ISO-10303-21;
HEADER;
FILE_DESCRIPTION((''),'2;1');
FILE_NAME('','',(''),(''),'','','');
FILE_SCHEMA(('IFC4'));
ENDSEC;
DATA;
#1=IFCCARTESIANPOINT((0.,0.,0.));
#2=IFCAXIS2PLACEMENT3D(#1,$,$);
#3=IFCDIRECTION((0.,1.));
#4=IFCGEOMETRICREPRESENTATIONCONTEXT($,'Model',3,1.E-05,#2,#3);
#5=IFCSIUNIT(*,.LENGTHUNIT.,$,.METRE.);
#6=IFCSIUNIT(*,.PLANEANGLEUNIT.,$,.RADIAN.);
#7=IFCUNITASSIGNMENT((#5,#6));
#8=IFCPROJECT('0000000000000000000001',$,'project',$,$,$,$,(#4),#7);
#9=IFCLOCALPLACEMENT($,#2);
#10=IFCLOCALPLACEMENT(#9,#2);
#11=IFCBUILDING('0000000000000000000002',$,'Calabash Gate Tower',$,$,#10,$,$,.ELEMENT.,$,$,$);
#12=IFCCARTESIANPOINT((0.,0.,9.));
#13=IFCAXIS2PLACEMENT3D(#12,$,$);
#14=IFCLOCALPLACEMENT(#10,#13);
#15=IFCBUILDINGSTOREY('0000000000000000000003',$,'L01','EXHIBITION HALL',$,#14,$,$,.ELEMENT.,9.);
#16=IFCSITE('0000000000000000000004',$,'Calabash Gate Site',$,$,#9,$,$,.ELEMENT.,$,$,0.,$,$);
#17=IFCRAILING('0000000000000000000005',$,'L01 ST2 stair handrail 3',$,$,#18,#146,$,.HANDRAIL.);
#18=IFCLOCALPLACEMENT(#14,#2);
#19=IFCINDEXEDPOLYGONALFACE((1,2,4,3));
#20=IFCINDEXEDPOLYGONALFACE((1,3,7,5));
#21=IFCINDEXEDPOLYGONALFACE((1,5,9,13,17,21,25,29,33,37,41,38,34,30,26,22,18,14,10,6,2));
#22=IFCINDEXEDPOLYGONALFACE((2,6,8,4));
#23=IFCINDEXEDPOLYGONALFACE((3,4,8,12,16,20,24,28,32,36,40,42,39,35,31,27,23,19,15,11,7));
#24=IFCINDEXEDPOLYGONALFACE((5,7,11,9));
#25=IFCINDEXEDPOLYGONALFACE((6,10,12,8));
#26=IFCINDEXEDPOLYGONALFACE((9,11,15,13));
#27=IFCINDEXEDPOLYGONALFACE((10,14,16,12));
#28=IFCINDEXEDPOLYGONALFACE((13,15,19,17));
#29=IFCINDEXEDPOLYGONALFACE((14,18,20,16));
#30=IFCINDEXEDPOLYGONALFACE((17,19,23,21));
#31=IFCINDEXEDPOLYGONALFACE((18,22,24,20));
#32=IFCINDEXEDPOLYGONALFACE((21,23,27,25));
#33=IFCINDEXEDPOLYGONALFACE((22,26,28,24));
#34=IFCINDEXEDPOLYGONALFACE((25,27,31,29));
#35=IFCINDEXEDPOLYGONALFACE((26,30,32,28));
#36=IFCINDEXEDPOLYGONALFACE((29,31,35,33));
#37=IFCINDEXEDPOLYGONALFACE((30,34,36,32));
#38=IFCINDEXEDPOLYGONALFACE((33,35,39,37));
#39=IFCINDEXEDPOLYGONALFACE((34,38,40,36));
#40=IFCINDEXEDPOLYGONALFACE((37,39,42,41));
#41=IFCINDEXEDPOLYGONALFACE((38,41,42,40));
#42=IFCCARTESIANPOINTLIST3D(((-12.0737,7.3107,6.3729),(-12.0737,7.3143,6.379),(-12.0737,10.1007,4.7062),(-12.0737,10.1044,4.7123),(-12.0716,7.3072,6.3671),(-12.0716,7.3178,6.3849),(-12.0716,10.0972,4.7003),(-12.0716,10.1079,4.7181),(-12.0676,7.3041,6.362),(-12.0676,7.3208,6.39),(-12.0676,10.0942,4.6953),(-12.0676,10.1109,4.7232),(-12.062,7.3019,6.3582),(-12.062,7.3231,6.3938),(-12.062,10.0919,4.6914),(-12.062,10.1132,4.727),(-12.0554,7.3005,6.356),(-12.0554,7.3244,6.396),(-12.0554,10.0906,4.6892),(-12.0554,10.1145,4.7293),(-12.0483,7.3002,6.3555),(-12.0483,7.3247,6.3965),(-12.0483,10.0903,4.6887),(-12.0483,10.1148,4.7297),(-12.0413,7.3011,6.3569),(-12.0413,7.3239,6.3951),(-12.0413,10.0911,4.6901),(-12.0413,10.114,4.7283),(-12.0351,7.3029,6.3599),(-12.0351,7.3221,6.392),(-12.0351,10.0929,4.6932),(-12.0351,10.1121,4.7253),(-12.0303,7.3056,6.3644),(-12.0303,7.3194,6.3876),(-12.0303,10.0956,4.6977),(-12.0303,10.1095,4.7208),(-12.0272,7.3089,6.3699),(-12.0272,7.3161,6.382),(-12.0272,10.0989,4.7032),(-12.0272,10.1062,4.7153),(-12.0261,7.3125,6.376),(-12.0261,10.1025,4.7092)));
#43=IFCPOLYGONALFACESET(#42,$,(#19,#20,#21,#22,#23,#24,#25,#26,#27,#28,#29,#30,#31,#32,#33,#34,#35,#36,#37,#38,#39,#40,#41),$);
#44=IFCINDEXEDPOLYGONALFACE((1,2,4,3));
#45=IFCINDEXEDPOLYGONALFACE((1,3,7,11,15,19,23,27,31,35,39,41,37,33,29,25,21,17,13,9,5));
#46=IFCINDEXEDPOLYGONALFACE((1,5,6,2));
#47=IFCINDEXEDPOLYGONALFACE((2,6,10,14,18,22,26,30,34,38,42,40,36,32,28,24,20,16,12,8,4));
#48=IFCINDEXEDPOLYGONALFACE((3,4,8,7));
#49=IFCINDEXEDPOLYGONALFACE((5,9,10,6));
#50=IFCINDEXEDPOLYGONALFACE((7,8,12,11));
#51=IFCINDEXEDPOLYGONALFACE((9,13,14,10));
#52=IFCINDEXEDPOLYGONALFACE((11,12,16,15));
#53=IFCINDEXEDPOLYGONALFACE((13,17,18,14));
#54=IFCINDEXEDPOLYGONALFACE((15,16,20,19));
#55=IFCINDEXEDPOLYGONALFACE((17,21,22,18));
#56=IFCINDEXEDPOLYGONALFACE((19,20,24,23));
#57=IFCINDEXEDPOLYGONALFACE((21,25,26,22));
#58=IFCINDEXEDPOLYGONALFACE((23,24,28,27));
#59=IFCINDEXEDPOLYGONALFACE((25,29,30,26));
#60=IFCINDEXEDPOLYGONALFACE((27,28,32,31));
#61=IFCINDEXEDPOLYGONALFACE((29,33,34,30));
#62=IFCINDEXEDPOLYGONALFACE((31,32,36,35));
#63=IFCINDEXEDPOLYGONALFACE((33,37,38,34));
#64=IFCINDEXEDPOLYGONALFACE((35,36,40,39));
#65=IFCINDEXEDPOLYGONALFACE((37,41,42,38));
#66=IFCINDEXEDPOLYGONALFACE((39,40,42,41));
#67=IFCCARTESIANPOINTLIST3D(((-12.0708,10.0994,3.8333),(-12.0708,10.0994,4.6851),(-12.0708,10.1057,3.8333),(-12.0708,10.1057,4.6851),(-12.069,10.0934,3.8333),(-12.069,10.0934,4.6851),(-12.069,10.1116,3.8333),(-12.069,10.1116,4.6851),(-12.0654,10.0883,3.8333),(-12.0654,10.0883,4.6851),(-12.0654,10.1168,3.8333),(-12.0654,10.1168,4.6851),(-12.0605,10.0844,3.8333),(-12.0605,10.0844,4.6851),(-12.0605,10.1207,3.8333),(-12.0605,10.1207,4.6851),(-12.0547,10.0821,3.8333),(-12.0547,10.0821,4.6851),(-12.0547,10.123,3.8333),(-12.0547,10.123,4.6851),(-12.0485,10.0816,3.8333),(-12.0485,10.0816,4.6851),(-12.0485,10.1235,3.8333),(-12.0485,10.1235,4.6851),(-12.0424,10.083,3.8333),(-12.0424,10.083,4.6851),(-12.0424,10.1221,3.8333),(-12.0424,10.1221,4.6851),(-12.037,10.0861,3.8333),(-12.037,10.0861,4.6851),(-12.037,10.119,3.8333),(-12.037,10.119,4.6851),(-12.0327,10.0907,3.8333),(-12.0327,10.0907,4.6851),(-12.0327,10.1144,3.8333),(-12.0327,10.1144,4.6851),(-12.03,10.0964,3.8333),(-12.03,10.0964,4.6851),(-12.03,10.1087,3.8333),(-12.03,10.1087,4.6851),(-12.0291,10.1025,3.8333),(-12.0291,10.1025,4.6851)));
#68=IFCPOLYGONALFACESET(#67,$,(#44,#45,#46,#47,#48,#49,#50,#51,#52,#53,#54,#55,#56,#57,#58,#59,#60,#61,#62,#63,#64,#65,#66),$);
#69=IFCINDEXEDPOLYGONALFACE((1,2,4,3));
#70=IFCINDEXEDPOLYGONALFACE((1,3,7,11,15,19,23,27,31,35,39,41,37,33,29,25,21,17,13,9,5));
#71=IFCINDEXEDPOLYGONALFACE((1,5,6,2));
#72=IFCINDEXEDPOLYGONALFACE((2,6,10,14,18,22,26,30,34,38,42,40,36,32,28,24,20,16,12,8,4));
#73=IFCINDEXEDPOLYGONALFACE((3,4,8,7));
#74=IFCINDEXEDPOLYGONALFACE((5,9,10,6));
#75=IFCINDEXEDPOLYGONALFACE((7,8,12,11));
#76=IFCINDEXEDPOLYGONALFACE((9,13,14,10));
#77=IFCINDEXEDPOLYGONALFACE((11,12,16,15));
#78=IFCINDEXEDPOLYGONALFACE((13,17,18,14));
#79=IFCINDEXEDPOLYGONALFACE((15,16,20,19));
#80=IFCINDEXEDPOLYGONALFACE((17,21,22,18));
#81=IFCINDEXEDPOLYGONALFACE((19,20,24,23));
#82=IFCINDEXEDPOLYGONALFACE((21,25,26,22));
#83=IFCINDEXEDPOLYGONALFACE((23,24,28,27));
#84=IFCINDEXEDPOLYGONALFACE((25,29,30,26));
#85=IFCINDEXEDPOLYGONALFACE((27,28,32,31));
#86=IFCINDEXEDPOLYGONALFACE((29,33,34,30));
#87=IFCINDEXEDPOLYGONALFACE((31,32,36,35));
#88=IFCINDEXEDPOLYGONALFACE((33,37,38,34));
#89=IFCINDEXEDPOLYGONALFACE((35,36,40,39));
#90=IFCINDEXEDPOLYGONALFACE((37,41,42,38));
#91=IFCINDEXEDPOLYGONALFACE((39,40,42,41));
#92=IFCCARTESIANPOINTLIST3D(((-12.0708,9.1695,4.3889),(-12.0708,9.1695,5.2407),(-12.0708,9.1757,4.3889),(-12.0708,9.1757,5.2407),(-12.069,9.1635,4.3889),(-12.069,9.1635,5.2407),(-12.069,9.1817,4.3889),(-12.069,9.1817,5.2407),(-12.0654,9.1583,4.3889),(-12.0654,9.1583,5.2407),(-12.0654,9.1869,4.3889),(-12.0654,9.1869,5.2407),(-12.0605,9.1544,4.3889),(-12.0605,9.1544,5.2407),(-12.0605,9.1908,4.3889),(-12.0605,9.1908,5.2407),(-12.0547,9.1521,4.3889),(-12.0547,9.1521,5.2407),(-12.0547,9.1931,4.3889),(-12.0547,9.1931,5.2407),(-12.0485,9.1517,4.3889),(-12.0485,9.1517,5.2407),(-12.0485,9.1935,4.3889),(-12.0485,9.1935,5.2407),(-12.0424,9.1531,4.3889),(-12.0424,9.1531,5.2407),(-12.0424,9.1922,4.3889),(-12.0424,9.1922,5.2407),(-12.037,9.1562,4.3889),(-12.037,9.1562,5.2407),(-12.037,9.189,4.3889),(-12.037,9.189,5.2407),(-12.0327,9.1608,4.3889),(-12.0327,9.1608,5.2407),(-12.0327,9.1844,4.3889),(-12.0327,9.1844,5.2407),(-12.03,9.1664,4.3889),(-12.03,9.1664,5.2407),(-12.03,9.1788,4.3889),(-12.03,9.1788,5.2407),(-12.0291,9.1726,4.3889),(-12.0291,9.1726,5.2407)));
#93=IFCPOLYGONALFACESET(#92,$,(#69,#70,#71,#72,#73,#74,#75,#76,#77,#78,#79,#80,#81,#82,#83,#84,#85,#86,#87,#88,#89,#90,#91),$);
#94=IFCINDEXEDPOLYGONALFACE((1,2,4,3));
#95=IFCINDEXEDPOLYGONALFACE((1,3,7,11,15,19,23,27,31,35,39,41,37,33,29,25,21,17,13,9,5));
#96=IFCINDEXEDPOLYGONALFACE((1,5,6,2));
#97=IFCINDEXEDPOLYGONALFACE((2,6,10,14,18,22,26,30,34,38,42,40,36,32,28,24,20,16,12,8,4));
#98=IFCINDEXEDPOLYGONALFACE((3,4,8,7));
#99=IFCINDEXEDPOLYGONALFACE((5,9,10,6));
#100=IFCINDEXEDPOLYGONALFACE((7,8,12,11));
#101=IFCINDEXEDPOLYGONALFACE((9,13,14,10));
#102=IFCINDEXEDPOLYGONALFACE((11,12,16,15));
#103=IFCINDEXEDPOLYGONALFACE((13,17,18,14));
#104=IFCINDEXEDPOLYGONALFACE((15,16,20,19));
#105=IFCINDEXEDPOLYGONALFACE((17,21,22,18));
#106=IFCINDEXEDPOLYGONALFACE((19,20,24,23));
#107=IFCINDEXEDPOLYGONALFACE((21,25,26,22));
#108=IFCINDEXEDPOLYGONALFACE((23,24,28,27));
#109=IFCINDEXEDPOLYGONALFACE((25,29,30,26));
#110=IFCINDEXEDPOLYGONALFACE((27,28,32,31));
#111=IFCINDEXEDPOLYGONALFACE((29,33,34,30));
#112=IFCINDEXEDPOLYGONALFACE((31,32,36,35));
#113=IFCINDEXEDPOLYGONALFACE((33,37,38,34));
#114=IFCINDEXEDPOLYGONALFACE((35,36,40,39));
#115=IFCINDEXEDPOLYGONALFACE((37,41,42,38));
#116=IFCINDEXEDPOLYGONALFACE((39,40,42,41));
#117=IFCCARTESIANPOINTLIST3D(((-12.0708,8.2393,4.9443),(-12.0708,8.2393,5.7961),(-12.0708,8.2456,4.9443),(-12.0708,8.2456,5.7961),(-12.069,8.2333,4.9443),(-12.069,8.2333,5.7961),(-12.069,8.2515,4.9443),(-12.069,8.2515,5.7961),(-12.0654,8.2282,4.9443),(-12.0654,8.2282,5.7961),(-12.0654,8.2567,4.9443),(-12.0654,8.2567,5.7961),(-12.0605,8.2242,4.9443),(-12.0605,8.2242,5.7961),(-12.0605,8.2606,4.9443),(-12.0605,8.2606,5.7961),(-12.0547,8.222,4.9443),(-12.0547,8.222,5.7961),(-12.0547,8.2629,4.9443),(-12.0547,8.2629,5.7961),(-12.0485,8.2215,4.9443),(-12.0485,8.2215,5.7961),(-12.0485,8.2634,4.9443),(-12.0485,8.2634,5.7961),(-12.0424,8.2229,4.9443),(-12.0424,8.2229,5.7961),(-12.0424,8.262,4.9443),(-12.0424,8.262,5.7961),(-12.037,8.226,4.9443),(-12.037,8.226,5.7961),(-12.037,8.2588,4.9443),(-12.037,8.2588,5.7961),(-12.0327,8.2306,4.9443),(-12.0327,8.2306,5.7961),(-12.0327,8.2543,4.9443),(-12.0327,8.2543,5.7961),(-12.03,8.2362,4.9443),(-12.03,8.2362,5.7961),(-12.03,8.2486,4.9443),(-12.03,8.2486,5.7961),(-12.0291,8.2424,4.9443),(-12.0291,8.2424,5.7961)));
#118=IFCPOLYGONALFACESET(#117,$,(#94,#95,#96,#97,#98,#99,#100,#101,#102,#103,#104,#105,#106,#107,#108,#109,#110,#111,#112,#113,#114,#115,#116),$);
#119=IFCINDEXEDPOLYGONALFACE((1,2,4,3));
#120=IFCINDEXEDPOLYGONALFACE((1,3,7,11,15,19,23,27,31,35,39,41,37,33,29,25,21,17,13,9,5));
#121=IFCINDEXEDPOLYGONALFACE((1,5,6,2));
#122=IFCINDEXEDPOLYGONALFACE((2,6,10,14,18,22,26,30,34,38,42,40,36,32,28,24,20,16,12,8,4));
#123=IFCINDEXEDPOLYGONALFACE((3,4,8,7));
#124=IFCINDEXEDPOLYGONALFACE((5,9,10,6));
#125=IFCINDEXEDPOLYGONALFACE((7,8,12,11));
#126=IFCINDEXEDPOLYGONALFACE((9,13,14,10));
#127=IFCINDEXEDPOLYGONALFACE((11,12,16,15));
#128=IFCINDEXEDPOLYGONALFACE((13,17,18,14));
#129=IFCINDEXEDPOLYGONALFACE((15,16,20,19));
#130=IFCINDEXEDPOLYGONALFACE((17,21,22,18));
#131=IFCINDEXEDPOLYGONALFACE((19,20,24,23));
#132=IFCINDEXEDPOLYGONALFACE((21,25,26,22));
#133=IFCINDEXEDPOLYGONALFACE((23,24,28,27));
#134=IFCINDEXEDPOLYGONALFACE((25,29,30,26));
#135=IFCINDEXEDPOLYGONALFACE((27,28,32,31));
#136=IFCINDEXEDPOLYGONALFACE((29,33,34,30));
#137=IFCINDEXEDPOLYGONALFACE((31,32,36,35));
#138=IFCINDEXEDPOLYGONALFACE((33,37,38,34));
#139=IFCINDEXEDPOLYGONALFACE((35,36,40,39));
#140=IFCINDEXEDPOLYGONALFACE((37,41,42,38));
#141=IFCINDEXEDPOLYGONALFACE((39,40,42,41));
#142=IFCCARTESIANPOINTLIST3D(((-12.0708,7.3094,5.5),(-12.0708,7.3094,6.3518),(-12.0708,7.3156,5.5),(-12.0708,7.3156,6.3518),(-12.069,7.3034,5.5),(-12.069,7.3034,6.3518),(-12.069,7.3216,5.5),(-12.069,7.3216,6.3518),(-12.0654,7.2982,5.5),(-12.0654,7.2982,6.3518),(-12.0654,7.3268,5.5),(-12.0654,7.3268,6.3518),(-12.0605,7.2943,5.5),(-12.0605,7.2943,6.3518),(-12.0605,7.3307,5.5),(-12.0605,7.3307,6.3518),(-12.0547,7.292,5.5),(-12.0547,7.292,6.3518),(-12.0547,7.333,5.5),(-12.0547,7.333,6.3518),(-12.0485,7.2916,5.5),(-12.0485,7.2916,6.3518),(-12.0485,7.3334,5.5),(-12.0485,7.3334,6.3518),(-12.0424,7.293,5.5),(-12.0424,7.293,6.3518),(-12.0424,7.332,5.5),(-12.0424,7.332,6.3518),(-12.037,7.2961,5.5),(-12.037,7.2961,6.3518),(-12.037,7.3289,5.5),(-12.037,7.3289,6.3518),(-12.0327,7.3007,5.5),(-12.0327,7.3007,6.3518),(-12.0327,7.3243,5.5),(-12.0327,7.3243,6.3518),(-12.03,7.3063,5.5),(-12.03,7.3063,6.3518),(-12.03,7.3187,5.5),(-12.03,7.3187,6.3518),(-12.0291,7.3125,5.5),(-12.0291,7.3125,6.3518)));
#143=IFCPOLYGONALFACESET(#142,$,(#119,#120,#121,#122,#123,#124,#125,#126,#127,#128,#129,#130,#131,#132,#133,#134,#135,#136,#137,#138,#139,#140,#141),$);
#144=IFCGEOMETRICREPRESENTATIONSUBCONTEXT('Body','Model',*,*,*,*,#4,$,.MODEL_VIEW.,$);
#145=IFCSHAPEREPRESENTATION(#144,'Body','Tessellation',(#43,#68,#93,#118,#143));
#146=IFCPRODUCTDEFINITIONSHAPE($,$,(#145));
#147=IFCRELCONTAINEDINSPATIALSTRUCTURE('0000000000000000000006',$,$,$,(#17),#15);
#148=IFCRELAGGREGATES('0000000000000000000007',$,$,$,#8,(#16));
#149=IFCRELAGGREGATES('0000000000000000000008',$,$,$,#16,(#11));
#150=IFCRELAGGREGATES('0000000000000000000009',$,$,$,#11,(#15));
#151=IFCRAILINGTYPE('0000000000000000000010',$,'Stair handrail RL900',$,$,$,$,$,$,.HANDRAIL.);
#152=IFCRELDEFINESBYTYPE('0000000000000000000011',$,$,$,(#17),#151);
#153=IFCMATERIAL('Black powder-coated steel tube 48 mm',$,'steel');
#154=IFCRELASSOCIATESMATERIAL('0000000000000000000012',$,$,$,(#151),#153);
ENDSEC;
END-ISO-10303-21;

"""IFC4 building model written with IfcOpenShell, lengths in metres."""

from ifc_helpers import new_model, si_unit, direction, frame, origin, origin_2d, place, context, subcontext, project, spatial, circle, extrude, material, type_object, element, save


model = new_model("IFC4")

# Units and contexts
model_context = context("Model", 3, precision=1e-05, world=origin(), true_north=direction((0.0, 1.0)))
body_context = subcontext(model_context, "Body", "Model", "MODEL_VIEW")
ifc_project = project(units=[si_unit("LENGTHUNIT", "METRE"), si_unit("PLANEANGLEUNIT", "RADIAN")], contexts=[model_context])

# Site, building, storey
site_placement = place(None, origin())
site = spatial("IfcSite", under=ifc_project, at=site_placement, Name="Calabash Gate Site", CompositionType="ELEMENT", RefElevation=0.0)
building_placement = place(site_placement, origin())
building = spatial("IfcBuilding", under=site, at=building_placement, Name="Calabash Gate Tower", CompositionType="ELEMENT")
storey_placement = place(building_placement, frame((0.0, 0.0, 9.0)))
storey = spatial("IfcBuildingStorey", under=building, at=storey_placement, Name="L01", Description="EXHIBITION HALL", CompositionType="ELEMENT", Elevation=9.0)

# Railing
ifc_material_1 = material(Name="Black powder-coated steel tube 48 mm", Category="steel")
railing_type = type_object("IfcRailingType", Name="Stair handrail RL900", PredefinedType="HANDRAIL", material=ifc_material_1)
railing_1_placement = place(storey_placement, frame((-12.05, 10.1025, 3.8333)))
element("IfcRailing", 1, at=railing_1_placement, inside=storey, type_object=railing_type, Name="L01 ST2 stair handrail 3", PredefinedType="HANDRAIL", context=body_context, shape_type="SweptSolid", body=[
    extrude(circle(Radius=0.0239, at=origin_2d()), frame((0.0, 0.0, 0.876), z_axis=(0.0, -0.858479, 0.512849), x_axis=(1.0, 0.0, 0.0)), (0.0, 0.0, 1.0), 3.25),
    extrude(circle(Radius=0.021, at=origin_2d()), origin(), (0.0, 0.0, 1.0), 0.8518),
    extrude(circle(Radius=0.021, at=origin_2d()), frame((0.0, -0.9299, 0.5557)), (0.0, 0.0, 1.0), 0.8518),
    extrude(circle(Radius=0.021, at=origin_2d()), frame((0.0, -1.8601, 1.1111)), (0.0, 0.0, 1.0), 0.8518),
    extrude(circle(Radius=0.021, at=origin_2d()), frame((0.0, -2.79, 1.6667)), (0.0, 0.0, 1.0), 0.8518),
])

save(model, "model.ifc")
